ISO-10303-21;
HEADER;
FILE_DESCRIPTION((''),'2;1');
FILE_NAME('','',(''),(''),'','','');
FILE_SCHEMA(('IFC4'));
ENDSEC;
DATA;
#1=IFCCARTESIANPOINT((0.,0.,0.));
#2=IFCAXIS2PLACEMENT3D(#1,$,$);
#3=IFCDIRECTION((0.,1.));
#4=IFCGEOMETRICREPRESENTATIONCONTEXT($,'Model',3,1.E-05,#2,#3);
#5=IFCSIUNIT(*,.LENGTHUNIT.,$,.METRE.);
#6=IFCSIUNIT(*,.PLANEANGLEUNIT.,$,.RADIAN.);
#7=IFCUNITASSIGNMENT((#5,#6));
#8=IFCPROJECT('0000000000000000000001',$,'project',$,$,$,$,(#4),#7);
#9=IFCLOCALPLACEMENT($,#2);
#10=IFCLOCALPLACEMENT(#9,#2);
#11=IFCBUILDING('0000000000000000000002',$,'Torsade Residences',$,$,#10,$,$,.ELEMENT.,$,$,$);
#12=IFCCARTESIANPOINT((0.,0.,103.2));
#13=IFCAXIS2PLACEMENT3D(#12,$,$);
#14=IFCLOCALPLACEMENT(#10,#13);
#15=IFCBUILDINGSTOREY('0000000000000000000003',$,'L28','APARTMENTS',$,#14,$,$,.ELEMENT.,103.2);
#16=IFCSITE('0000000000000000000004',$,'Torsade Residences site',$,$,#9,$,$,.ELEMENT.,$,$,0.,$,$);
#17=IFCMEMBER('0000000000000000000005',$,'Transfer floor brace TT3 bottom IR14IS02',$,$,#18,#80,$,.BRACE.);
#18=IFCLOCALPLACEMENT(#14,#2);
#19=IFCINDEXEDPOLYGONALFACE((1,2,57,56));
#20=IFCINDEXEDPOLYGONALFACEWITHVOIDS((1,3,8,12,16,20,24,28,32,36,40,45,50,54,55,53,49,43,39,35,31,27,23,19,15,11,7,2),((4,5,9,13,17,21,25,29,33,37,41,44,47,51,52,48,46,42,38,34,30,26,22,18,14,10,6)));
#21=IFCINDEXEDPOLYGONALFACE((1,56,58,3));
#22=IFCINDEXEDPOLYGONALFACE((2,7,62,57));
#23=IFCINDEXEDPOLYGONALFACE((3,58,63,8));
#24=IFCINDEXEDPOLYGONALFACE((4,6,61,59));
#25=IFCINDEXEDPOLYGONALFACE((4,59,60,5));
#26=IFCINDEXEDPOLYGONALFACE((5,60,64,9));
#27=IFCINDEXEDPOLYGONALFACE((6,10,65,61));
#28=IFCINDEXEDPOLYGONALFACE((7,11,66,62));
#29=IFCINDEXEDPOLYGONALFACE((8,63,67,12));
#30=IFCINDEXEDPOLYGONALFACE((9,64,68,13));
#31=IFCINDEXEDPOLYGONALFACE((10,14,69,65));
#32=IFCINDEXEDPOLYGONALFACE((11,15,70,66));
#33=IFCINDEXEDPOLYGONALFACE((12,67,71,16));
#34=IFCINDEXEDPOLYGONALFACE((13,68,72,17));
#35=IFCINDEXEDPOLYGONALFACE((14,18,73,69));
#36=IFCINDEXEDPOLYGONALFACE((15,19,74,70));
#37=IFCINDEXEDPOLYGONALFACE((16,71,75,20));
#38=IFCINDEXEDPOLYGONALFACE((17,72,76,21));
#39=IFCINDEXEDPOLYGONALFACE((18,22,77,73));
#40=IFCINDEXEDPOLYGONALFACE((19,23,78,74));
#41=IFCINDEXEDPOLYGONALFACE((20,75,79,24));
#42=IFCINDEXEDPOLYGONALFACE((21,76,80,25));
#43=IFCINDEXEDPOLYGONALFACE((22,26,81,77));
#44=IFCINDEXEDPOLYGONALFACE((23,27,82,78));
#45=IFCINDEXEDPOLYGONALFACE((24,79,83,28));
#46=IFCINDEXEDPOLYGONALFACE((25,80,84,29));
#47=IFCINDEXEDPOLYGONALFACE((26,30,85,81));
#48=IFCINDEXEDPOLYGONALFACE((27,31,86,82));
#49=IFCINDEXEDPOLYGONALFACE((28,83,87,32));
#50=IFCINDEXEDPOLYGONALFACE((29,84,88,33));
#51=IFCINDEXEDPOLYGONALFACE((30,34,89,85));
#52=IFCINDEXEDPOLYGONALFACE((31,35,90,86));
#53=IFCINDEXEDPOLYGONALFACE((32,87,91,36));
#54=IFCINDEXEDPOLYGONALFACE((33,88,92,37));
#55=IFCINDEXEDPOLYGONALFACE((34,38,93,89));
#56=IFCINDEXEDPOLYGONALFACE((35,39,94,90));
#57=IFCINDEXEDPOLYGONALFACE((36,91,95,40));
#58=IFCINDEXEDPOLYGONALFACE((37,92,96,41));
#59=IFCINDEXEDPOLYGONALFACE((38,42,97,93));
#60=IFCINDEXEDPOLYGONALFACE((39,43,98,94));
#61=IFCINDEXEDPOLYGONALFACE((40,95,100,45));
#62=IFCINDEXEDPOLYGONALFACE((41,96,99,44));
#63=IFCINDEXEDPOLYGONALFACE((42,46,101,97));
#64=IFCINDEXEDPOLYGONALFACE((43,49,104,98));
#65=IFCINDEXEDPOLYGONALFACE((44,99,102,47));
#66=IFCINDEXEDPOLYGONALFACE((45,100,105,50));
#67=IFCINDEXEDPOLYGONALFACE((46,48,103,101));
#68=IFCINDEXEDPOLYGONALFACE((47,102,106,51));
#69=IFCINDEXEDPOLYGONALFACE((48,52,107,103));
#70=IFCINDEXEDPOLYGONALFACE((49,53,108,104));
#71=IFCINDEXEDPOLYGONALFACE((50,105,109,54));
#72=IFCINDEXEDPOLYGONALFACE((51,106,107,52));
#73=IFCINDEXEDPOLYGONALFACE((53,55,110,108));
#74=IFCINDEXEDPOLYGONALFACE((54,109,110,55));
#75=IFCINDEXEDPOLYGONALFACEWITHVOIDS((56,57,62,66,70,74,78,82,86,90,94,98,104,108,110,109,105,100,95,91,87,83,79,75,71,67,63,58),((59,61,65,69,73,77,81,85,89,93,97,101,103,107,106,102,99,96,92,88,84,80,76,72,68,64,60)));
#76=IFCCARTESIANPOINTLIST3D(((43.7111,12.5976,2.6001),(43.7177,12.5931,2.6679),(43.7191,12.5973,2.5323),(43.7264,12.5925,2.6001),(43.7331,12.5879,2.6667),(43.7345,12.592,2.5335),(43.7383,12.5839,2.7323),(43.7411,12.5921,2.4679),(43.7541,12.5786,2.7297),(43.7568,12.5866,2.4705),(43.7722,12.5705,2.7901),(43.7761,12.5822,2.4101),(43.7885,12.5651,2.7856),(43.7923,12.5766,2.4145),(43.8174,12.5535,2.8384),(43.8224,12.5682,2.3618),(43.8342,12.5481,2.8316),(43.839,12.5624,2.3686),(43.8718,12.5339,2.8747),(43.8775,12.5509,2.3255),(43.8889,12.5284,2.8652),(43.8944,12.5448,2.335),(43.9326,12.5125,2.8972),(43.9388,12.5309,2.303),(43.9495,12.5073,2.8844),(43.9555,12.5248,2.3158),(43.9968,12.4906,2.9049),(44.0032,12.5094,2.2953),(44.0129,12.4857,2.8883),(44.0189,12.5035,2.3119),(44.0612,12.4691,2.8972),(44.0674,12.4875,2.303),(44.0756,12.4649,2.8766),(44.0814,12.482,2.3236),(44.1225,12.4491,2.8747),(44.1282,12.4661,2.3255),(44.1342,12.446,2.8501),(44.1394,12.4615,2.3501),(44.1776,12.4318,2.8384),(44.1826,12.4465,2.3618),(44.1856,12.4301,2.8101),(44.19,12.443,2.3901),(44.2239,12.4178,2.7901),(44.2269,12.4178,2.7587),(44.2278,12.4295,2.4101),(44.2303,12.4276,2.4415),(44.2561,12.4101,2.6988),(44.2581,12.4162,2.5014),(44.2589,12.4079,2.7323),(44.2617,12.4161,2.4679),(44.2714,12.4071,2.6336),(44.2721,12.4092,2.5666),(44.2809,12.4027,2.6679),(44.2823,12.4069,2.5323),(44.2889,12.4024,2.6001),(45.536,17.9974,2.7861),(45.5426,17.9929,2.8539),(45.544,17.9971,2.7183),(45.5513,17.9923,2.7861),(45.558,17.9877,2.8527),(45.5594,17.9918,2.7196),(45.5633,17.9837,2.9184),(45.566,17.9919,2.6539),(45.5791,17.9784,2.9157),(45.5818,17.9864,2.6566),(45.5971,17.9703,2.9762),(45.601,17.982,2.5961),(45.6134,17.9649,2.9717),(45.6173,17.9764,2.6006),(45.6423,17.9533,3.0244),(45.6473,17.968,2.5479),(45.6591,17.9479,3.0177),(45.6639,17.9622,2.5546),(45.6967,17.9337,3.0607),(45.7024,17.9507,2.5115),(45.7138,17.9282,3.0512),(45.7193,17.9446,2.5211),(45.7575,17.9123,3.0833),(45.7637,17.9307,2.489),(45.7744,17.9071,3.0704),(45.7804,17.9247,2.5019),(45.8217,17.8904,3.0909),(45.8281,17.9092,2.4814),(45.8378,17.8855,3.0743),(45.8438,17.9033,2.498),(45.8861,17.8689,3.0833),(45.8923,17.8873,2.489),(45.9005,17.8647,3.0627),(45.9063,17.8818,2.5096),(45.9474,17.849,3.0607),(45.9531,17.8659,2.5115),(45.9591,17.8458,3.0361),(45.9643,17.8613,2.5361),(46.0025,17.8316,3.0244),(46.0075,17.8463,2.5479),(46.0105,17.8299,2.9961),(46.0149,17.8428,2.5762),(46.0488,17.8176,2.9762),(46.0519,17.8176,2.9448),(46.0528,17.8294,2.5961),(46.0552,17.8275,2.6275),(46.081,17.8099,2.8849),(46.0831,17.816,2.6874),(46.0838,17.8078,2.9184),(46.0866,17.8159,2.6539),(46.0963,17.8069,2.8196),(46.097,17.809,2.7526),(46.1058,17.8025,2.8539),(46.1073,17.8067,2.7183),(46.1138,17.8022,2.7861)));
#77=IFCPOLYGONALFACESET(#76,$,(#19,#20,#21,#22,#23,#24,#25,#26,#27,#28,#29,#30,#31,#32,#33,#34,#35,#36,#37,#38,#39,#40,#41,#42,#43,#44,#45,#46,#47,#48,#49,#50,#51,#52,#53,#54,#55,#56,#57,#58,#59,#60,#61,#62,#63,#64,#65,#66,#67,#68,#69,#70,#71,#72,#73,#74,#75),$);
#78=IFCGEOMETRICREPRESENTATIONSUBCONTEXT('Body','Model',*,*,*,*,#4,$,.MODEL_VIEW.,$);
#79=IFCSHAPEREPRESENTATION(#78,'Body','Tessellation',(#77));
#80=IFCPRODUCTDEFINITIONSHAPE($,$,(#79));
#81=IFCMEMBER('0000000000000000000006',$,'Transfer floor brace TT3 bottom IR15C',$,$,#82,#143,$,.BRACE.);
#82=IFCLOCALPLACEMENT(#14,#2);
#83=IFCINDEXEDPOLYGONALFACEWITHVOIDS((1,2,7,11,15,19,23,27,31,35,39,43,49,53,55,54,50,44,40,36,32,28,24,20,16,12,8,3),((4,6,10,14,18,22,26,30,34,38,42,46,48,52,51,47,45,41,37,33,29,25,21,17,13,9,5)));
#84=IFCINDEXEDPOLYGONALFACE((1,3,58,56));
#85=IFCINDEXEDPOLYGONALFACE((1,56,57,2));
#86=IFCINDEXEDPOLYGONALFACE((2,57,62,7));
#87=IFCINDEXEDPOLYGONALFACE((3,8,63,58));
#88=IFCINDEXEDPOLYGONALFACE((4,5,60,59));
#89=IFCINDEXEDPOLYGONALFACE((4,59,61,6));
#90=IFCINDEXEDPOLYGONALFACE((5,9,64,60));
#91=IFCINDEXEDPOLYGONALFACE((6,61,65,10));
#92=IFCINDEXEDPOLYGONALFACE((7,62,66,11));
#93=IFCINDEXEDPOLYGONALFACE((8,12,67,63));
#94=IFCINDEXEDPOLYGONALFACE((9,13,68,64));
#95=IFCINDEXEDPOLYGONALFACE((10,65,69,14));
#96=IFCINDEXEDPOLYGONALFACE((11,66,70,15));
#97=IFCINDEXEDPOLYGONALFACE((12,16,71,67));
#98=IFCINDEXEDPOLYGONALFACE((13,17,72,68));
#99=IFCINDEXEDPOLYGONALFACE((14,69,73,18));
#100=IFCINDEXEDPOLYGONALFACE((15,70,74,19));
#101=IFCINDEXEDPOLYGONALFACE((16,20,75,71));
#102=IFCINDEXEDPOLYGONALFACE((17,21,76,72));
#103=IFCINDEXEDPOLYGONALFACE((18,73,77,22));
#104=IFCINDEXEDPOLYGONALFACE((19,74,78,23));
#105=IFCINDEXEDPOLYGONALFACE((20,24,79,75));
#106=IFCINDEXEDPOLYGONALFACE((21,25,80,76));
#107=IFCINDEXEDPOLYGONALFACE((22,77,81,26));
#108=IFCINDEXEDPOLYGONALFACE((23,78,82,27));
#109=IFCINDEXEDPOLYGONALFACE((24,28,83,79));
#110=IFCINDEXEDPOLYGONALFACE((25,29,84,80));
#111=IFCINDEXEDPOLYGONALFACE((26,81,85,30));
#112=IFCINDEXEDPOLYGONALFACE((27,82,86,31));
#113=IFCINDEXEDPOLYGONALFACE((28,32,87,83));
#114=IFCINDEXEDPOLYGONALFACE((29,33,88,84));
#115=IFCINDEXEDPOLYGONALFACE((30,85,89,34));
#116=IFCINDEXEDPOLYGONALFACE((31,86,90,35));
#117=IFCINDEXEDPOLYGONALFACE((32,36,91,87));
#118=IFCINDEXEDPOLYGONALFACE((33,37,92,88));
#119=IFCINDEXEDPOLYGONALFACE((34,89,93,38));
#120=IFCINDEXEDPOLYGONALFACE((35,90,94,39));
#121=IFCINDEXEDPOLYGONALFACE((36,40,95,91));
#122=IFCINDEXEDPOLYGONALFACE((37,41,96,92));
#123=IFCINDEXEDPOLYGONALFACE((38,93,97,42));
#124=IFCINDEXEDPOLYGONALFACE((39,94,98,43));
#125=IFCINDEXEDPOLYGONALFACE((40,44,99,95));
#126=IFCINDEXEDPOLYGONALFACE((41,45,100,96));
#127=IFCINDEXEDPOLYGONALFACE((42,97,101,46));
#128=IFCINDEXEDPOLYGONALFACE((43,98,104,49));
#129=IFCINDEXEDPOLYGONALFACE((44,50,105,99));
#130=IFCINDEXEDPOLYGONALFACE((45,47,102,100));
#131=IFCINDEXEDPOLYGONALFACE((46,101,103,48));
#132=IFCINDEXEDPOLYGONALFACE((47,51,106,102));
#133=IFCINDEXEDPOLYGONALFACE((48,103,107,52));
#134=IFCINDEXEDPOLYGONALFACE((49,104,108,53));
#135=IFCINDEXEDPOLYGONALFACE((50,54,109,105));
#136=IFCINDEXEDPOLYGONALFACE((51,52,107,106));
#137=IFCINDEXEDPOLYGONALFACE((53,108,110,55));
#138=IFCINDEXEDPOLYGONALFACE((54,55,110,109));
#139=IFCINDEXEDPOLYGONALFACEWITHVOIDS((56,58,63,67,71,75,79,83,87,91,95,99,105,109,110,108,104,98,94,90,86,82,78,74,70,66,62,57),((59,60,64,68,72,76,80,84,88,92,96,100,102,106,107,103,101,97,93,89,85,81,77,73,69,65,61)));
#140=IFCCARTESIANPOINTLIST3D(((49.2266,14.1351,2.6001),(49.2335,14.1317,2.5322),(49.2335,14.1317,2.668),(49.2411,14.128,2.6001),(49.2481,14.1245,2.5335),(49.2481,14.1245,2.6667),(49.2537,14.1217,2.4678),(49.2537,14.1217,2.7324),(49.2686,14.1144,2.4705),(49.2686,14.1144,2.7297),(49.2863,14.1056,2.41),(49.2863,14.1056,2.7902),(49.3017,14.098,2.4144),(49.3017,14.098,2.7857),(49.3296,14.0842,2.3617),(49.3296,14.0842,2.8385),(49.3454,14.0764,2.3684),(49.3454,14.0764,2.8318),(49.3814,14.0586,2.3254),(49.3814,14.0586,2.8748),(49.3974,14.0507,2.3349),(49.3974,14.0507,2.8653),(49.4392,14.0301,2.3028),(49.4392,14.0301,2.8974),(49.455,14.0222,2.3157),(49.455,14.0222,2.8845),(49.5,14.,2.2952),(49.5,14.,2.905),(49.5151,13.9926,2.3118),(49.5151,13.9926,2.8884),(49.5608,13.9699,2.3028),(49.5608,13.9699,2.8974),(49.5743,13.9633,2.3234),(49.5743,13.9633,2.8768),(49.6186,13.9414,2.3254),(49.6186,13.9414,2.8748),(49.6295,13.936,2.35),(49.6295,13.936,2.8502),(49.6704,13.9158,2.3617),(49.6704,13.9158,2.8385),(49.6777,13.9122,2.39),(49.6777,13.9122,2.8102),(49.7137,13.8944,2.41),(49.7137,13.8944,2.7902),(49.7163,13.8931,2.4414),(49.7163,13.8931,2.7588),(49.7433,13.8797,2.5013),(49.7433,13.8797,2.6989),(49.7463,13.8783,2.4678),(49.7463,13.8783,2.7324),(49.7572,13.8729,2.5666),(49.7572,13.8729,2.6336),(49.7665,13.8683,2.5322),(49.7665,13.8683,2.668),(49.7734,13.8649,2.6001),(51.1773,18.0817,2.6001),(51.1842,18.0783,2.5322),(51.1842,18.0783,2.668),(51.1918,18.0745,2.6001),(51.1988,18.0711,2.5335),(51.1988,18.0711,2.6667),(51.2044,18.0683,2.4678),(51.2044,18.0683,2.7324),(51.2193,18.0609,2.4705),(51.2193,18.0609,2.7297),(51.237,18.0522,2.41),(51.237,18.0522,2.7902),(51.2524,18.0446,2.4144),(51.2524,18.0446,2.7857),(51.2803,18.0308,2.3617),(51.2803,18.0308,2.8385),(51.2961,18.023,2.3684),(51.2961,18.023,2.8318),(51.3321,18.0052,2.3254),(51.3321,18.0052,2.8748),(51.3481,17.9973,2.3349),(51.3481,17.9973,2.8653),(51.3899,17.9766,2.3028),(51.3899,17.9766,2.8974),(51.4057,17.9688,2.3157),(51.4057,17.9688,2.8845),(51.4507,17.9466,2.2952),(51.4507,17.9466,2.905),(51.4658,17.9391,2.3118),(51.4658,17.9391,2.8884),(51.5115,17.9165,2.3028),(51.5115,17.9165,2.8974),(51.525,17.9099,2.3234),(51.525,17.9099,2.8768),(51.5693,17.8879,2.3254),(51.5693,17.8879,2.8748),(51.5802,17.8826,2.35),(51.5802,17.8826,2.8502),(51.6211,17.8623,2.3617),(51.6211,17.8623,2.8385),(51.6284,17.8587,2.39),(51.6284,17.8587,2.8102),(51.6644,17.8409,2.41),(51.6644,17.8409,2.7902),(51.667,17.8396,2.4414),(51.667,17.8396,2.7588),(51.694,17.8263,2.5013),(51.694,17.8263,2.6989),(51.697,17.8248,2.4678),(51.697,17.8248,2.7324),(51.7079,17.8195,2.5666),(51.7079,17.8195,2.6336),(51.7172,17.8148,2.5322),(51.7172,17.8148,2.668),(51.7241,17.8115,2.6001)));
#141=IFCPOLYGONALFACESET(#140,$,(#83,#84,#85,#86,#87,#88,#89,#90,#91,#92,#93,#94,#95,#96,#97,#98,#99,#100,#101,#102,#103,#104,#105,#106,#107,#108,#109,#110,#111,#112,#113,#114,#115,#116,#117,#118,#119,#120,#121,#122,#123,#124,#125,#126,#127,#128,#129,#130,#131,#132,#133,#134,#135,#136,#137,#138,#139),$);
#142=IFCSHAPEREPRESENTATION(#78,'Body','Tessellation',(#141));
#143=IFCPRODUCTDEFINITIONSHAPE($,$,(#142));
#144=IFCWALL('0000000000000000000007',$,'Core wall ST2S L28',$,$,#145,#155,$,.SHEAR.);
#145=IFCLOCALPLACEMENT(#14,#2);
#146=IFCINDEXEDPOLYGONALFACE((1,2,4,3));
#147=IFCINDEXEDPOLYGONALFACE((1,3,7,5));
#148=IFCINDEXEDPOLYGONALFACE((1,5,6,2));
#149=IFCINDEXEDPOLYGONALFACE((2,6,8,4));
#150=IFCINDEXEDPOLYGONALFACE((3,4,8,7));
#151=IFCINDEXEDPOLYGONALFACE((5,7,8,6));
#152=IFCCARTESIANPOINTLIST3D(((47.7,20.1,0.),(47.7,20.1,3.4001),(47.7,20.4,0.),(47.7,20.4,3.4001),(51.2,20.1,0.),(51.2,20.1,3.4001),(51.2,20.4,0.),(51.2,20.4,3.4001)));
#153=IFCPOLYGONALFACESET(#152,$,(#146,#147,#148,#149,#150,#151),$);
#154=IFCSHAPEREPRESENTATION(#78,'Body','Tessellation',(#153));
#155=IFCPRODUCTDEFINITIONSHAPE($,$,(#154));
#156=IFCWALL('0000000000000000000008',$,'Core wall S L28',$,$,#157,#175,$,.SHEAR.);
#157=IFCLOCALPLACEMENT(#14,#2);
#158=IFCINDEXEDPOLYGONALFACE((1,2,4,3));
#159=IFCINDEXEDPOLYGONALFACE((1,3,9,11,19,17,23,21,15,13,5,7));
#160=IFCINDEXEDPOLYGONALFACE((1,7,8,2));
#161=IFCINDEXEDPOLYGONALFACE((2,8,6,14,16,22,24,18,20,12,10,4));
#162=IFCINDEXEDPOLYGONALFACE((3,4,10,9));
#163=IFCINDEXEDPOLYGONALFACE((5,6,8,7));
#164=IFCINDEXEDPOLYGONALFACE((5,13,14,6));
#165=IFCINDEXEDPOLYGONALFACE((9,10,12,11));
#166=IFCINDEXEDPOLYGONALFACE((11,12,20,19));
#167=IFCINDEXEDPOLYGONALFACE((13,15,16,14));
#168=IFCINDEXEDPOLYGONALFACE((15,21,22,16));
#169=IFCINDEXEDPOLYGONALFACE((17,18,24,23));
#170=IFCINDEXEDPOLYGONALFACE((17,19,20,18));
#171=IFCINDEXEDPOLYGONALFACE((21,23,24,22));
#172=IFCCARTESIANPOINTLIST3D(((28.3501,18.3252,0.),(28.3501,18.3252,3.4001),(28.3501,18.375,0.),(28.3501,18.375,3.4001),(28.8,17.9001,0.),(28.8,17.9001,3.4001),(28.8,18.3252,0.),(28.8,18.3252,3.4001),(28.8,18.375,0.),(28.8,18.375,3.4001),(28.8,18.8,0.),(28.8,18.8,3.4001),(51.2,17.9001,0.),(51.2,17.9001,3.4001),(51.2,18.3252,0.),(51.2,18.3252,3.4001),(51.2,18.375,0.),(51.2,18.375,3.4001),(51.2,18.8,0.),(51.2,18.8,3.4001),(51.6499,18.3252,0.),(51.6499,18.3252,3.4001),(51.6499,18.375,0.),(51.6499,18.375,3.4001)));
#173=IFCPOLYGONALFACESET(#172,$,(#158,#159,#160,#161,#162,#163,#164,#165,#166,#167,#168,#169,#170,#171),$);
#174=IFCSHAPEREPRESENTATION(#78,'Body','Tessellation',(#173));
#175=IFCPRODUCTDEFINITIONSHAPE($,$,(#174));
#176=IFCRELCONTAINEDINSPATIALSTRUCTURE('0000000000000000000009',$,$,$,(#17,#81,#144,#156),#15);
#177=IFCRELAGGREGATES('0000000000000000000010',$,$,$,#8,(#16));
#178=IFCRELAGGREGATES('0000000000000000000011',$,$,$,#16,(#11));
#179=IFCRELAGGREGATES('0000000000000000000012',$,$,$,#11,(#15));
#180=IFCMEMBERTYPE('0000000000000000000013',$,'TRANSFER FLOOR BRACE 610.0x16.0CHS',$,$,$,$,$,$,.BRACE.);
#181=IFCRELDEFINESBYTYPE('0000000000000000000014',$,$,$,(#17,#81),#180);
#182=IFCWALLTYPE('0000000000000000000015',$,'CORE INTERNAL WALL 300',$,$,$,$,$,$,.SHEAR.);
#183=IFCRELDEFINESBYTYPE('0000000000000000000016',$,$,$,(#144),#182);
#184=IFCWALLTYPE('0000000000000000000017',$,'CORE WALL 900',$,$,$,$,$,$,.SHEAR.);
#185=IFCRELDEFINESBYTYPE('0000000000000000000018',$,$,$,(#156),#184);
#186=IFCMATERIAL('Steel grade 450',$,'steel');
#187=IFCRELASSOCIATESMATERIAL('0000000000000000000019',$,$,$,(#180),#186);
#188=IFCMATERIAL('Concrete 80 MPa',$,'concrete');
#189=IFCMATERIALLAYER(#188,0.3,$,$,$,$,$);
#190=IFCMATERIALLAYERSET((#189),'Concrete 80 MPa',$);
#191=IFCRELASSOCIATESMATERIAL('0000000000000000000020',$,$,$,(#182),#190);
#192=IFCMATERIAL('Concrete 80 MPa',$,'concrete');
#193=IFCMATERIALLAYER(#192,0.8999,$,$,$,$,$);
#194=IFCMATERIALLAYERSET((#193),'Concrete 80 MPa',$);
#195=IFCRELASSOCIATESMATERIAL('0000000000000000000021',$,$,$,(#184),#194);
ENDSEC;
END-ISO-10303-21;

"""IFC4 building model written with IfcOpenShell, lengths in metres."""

from ifc_helpers import new_model, si_unit, direction, frame, frame_2d, origin, origin_2d, place, context, subcontext, project, spatial, polyline, rectangle, hollow_circle, outline, extrude, material, layer, layer_set, material_profile, profile_set, type_object, element, save


model = new_model("IFC4")

# Units and contexts
model_context = context("Model", 3, precision=1e-05, world=origin(), true_north=direction((0.0, 1.0)))
body_context = subcontext(model_context, "Body", "Model", "MODEL_VIEW")
ifc_project = project(units=[si_unit("LENGTHUNIT", "METRE"), si_unit("PLANEANGLEUNIT", "RADIAN")], contexts=[model_context])

# Site, building, storey
site_placement = place(None, origin())
site = spatial("IfcSite", under=ifc_project, at=site_placement, Name="Torsade Residences site", CompositionType="ELEMENT", RefElevation=0.0)
building_placement = place(site_placement, origin())
building = spatial("IfcBuilding", under=site, at=building_placement, Name="Torsade Residences", CompositionType="ELEMENT")
storey_placement = place(building_placement, frame((0.0, 0.0, 103.2)))
storey = spatial("IfcBuildingStorey", under=building, at=storey_placement, Name="L28", Description="APARTMENTS", CompositionType="ELEMENT", Elevation=103.2)

# Members
ifc_material_1 = material(Name="Steel grade 450", Category="steel")
ifc_material_profile_1 = material_profile(ifc_material_1, hollow_circle(Radius=0.3049, WallThickness=0.0161, at=origin_2d()), Name="610.0x16.0CHS")
ifc_profile_set_1 = profile_set([ifc_material_profile_1], Name="Steel grade 450")
member_type = type_object("IfcMemberType", Name="TRANSFER FLOOR BRACE 610.0x16.0CHS", PredefinedType="BRACE", material=ifc_profile_set_1)
member_1_placement = place(storey_placement, frame((44.0, 12.5, 2.6001), z_axis=(0.319999, 0.946856, 0.032621), x_axis=(-0.94736, 0.32017, 0.0)))
element("IfcMember", 1, at=member_1_placement, inside=storey, type_object=member_type, Name="Transfer floor brace TT3 bottom IR14IS02", PredefinedType="BRACE", context=body_context, shape_type="SweptSolid", body=[
    extrude(hollow_circle(Radius=0.3049, WallThickness=0.0161, at=origin_2d()), origin(), (0.0, 0.0, 1.0), 5.7029),
])
member_2_placement = place(storey_placement, frame((49.5, 14.0, 2.6001), z_axis=(0.443105, 0.89647, 0.0), x_axis=(-0.89647, 0.443105, 0.0)))
element("IfcMember", 2, at=member_2_placement, inside=storey, type_object=member_type, Name="Transfer floor brace TT3 bottom IR15C", PredefinedType="BRACE", context=body_context, shape_type="SweptSolid", body=[
    extrude(hollow_circle(Radius=0.3049, WallThickness=0.0161, at=origin_2d()), origin(), (0.0, 0.0, 1.0), 4.4023),
])

# Walls
ifc_material_2 = material(Name="Concrete 80 MPa", Category="concrete")
ifc_layer_1 = layer(ifc_material_2, 0.3)
ifc_layer_set_1 = layer_set([ifc_layer_1], Name="Concrete 80 MPa")
wall_type_1 = type_object("IfcWallType", Name="CORE INTERNAL WALL 300", PredefinedType="SHEAR", material=ifc_layer_set_1)
wall_1_placement = place(storey_placement, frame((51.2, 20.25, 0.0), z_axis=(0.0, 0.0, 1.0), x_axis=(-1.0, 0.0, 0.0)))
element("IfcWall", 3, at=wall_1_placement, inside=storey, type_object=wall_type_1, Name="Core wall ST2S L28", PredefinedType="SHEAR", context=body_context, shape_type="SweptSolid", body=[
    extrude(rectangle(XDim=3.5, YDim=0.3, at=frame_2d((1.75, 0.0))), origin(), (0.0, 0.0, 1.0), 3.4001),
])
ifc_material_3 = material(Name="Concrete 80 MPa", Category="concrete")
ifc_layer_2 = layer(ifc_material_3, 0.8999)
ifc_layer_set_2 = layer_set([ifc_layer_2], Name="Concrete 80 MPa")
wall_type_2 = type_object("IfcWallType", Name="CORE WALL 900", PredefinedType="SHEAR", material=ifc_layer_set_2)
wall_2_placement = place(storey_placement, frame((51.2, 18.3501, 0.0), z_axis=(0.0, 0.0, 1.0), x_axis=(-1.0, 0.0, 0.0)))
element("IfcWall", 4, at=wall_2_placement, inside=storey, type_object=wall_type_2, Name="Core wall S L28", PredefinedType="SHEAR", context=body_context, shape_type="SweptSolid", body=[
    extrude(outline(polyline([(0.0, -0.45), (22.3999, -0.45), (22.3999, -0.0249), (22.8499, -0.0249), (22.8499, 0.0249), (22.3999, 0.0249), (22.3999, 0.45), (0.0, 0.45), (0.0, 0.0249), (-0.45, 0.0249), (-0.45, -0.0249), (0.0, -0.0249), (0.0, -0.45)])), origin(), (0.0, 0.0, 1.0), 3.4001),
])

save(model, "model.ifc")
